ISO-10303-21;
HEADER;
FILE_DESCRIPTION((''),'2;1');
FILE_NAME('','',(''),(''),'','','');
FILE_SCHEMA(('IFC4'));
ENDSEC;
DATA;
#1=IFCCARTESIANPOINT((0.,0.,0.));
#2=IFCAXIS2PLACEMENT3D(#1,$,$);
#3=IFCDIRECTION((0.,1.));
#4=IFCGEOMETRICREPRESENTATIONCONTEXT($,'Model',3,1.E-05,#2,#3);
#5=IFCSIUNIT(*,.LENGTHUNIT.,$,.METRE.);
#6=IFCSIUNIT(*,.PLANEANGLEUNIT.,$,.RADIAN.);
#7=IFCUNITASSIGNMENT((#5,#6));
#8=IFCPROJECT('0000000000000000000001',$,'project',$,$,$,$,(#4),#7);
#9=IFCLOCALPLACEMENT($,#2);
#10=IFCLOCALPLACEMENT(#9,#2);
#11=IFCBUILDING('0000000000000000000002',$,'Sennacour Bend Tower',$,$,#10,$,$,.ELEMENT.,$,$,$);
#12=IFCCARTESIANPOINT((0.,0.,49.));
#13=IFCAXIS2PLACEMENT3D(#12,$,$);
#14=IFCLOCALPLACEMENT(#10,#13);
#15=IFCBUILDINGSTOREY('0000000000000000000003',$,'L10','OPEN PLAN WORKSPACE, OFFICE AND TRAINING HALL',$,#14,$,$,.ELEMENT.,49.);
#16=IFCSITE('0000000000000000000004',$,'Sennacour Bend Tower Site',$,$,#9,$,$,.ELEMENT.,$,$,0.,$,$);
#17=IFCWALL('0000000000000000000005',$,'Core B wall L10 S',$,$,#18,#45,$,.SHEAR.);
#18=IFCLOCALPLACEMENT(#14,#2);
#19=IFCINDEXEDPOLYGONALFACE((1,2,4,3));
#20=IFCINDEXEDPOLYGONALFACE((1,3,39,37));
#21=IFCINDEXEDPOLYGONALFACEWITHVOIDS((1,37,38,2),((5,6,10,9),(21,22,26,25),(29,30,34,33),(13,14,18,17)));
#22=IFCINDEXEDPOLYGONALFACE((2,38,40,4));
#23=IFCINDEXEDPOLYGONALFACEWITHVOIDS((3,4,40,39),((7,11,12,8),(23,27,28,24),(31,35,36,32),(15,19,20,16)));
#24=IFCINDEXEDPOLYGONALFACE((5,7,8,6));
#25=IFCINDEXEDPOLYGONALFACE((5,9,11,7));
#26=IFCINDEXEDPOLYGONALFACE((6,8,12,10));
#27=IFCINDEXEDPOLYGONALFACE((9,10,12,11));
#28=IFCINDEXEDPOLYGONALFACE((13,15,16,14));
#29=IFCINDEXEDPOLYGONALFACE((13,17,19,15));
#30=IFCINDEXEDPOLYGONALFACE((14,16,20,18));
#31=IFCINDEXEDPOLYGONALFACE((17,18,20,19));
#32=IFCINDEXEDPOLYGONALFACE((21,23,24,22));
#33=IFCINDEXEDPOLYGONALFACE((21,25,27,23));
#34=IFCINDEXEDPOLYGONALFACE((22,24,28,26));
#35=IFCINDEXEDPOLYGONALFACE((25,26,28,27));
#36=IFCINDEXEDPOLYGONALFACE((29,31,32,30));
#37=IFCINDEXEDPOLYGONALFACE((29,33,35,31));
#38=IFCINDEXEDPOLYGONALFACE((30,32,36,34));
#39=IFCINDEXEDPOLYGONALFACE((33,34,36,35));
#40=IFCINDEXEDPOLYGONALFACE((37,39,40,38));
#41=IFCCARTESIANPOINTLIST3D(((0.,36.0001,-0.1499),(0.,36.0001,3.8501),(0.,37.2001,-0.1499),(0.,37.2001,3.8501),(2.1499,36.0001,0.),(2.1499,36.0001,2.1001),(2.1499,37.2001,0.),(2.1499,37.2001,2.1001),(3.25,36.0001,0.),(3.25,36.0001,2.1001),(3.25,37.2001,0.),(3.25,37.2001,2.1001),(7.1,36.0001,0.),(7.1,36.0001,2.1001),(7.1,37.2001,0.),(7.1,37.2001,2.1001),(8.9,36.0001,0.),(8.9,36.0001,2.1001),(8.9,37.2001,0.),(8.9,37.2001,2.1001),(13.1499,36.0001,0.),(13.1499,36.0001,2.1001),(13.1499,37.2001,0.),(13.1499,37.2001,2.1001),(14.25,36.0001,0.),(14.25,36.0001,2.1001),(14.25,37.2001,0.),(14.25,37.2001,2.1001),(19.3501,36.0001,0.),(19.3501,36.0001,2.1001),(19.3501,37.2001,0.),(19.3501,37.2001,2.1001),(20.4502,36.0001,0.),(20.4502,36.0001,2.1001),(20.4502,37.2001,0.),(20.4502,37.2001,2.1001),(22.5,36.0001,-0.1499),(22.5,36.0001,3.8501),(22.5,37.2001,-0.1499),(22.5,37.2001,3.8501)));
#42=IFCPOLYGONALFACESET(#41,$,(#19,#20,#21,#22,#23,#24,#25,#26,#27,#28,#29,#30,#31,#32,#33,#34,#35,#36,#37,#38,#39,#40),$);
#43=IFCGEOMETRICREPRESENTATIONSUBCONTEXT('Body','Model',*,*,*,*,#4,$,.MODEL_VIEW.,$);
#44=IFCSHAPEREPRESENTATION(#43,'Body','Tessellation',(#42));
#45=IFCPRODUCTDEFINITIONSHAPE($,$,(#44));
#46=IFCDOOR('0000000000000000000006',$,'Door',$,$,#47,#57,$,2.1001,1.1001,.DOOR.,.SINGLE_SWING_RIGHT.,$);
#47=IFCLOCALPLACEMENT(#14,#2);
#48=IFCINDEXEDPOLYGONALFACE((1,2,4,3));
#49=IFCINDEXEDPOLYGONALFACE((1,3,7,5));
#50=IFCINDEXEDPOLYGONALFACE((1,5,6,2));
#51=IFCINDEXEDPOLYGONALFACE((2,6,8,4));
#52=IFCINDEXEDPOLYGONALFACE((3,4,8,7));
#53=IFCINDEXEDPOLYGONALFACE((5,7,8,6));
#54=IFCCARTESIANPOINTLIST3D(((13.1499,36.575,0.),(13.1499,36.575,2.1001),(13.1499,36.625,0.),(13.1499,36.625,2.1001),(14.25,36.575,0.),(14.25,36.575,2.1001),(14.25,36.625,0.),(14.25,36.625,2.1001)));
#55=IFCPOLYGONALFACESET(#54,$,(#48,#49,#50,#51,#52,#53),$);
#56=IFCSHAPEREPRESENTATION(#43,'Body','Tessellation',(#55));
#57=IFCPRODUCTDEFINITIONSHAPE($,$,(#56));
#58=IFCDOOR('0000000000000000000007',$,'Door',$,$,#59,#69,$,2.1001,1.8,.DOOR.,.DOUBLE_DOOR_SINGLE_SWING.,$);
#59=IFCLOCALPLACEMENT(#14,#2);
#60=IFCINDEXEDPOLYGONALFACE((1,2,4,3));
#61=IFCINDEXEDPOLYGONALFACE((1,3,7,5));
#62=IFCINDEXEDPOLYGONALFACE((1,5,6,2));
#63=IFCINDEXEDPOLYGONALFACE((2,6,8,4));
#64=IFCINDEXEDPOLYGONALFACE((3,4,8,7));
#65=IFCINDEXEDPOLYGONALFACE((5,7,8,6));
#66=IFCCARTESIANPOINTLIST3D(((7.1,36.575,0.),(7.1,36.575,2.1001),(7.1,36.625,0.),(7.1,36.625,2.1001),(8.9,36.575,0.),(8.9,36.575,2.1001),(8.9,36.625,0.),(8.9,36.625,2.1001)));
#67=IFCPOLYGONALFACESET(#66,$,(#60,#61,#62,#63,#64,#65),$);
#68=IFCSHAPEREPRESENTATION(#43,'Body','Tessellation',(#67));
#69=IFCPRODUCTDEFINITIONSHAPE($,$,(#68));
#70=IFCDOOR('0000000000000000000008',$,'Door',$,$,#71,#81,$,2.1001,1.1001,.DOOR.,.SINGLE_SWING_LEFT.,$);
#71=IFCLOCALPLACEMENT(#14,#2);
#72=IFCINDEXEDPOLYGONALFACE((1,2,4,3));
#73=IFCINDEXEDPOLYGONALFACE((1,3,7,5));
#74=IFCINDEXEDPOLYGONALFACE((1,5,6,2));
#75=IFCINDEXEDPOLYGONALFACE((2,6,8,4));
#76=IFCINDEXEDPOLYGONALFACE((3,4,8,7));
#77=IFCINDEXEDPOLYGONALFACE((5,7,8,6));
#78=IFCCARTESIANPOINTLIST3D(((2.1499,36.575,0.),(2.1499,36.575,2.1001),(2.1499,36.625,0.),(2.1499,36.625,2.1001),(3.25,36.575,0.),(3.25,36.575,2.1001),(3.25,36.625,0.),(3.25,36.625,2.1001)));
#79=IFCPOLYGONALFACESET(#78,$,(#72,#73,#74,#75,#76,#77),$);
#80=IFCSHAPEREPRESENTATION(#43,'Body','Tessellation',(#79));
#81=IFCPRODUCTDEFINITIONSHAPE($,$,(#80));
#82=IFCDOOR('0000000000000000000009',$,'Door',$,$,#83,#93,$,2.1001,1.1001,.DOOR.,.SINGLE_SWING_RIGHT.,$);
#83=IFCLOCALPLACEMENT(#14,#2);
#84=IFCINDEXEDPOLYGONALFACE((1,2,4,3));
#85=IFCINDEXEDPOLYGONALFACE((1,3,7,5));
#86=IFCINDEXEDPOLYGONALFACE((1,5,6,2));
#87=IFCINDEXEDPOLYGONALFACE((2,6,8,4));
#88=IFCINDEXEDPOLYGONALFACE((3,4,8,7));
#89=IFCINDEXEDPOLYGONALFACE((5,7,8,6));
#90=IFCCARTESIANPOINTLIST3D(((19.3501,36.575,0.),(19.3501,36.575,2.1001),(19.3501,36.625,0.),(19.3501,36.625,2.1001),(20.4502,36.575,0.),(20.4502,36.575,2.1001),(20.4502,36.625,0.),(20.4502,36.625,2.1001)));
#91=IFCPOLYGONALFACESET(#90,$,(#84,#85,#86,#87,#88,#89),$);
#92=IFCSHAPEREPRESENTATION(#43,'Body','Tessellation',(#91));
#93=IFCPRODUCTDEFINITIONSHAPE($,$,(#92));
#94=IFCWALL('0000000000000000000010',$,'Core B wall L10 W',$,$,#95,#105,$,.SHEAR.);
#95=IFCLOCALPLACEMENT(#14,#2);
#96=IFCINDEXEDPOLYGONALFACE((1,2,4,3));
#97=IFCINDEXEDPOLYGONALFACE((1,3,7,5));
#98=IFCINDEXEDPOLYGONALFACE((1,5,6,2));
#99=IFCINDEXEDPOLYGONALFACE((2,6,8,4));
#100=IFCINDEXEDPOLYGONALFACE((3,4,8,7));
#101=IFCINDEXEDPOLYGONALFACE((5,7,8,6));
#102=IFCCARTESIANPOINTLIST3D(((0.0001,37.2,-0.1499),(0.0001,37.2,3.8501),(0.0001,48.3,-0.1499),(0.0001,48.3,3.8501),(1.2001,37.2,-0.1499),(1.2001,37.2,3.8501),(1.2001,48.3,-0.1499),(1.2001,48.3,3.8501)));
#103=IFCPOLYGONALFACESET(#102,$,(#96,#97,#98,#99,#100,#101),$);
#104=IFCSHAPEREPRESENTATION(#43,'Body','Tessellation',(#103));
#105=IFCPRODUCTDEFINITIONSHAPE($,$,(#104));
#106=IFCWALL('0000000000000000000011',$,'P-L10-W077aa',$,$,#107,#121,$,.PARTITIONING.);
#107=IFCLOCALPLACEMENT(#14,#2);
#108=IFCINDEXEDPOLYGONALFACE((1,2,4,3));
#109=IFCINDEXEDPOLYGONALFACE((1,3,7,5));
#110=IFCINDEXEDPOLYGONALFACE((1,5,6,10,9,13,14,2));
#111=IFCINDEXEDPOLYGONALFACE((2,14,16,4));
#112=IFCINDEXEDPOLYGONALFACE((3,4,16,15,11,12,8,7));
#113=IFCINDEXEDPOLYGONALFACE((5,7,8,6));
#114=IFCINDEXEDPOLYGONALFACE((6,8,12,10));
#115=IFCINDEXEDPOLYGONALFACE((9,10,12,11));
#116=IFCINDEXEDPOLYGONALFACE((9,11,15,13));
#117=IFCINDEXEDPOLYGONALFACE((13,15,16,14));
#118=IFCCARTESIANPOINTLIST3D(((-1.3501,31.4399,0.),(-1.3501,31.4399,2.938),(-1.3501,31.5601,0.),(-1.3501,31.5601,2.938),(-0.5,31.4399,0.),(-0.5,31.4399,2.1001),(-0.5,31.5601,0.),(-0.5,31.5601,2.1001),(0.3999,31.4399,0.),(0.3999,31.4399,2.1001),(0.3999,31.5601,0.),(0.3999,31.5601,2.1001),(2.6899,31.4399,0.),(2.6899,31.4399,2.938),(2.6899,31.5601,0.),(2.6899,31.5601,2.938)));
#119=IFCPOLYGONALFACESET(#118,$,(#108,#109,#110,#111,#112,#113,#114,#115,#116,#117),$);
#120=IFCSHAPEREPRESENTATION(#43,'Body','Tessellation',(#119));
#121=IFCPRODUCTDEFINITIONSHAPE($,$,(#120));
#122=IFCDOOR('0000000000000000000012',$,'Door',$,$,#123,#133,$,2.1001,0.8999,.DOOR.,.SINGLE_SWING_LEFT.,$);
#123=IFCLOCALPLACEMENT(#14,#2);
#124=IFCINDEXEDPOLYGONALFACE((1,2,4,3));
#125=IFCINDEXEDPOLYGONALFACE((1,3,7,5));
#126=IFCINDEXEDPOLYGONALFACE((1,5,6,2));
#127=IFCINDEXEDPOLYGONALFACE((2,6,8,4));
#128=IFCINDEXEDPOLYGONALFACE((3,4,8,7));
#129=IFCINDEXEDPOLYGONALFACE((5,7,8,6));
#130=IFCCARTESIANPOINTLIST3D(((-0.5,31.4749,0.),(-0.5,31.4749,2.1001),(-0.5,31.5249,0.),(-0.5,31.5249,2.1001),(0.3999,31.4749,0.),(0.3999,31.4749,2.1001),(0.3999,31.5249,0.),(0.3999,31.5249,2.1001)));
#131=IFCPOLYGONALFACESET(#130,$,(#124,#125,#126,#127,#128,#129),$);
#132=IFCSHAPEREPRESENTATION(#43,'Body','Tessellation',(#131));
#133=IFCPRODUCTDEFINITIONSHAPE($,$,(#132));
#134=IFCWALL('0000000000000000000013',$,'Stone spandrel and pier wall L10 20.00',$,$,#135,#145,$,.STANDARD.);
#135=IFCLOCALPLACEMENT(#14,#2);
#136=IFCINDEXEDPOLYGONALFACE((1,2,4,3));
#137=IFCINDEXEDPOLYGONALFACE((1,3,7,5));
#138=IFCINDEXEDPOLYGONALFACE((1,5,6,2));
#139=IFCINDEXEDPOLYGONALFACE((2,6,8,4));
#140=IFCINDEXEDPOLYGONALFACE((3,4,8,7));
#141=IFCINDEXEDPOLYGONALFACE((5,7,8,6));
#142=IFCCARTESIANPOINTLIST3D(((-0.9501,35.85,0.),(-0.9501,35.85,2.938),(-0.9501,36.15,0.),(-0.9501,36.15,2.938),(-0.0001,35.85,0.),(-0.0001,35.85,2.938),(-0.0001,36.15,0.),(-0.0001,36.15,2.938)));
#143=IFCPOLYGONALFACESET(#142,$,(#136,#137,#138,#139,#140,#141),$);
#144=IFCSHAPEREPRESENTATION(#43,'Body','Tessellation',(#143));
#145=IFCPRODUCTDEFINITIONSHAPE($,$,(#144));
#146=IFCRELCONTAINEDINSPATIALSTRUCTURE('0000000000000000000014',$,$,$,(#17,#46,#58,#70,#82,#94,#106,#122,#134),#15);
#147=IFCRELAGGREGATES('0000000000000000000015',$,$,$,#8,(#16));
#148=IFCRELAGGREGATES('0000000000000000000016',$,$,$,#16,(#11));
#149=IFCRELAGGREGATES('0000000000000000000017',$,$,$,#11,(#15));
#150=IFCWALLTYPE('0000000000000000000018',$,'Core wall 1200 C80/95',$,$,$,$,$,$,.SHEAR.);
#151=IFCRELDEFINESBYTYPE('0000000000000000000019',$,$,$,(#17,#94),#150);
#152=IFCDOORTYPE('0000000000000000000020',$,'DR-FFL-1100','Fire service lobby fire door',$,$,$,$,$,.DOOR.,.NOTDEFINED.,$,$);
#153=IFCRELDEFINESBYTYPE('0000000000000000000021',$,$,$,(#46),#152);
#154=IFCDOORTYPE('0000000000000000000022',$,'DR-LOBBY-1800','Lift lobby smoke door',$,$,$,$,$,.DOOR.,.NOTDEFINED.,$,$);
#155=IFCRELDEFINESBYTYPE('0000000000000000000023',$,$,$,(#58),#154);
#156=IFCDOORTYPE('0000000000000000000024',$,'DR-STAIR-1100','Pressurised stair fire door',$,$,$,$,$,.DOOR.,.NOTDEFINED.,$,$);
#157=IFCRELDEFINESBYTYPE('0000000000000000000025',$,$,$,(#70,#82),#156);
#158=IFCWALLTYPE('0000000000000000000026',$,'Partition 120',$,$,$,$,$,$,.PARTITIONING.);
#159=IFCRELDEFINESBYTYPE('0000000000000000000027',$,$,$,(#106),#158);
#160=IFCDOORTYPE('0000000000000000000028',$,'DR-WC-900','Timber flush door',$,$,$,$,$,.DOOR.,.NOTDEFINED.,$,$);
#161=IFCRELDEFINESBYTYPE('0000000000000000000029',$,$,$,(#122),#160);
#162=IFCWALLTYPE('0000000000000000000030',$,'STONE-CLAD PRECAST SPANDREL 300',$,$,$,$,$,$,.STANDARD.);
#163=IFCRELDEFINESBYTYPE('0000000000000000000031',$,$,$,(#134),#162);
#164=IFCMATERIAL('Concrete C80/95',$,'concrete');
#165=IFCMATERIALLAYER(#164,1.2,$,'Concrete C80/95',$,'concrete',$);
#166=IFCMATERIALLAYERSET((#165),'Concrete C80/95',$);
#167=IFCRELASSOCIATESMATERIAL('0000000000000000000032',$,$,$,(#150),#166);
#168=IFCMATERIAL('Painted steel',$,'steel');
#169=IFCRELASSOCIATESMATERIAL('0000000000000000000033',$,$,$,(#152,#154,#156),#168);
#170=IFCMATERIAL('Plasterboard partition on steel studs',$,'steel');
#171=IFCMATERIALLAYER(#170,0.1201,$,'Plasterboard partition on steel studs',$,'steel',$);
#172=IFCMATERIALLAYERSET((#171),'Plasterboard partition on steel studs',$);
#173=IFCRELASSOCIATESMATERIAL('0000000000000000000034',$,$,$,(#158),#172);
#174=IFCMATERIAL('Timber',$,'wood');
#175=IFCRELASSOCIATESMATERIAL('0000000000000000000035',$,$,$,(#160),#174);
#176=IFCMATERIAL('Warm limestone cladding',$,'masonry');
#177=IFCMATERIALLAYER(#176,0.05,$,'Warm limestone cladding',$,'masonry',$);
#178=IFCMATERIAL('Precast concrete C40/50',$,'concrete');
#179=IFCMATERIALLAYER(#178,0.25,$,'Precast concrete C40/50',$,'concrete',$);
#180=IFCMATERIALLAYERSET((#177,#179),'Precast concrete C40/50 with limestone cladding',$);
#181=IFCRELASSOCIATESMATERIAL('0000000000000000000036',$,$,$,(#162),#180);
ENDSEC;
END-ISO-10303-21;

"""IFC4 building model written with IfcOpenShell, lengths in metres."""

from ifc_helpers import new_model, si_unit, direction, frame, frame_2d, origin, place, context, subcontext, project, spatial, rectangle, extrude, material, layer, layer_set, type_object, element, fill, save


model = new_model("IFC4")

# Units and contexts
model_context = context("Model", 3, precision=1e-05, world=origin(), true_north=direction((0.0, 1.0)))
body_context = subcontext(model_context, "Body", "Model", "MODEL_VIEW")
ifc_project = project(units=[si_unit("LENGTHUNIT", "METRE"), si_unit("PLANEANGLEUNIT", "RADIAN")], contexts=[model_context])

# Site, building, storey
site_placement = place(None, origin())
site = spatial("IfcSite", under=ifc_project, at=site_placement, Name="Sennacour Bend Tower Site", CompositionType="ELEMENT", RefElevation=0.0)
building_placement = place(site_placement, origin())
building = spatial("IfcBuilding", under=site, at=building_placement, Name="Sennacour Bend Tower", CompositionType="ELEMENT")
storey_placement = place(building_placement, frame((0.0, 0.0, 49.0)))
storey = spatial("IfcBuildingStorey", under=building, at=storey_placement, Name="L10", Description="OPEN PLAN WORKSPACE, OFFICE AND TRAINING HALL", CompositionType="ELEMENT", Elevation=49.0)

# Wall, openings, doors
ifc_material_1 = material(Name="Concrete C80/95", Category="concrete")
ifc_layer_1 = layer(ifc_material_1, 1.2, Name="Concrete C80/95", Category="concrete")
ifc_layer_set_1 = layer_set([ifc_layer_1], Name="Concrete C80/95")
wall_type_1 = type_object("IfcWallType", Name="Core wall 1200 C80/95", PredefinedType="SHEAR", material=ifc_layer_set_1)
wall_1_placement = place(storey_placement, frame((0.0, 36.6001, -0.1499), z_axis=(0.0, 0.0, 1.0), x_axis=(1.0, 0.0, 0.0)))
wall_1 = element("IfcWall", 1, at=wall_1_placement, inside=storey, type_object=wall_type_1, Name="Core B wall L10 S", PredefinedType="SHEAR", context=body_context, shape_type="SweptSolid", body=[
    extrude(rectangle(XDim=22.5, YDim=1.2, at=frame_2d((11.25, 0.0))), origin(), (0.0, 0.0, 1.0), 4.0),
])
opening_1_placement = place(wall_1_placement, frame((7.1001, 0.0, 0.1499)))
opening_1 = element("IfcOpeningElement", 2, at=opening_1_placement, cuts=wall_1, PredefinedType="OPENING", context=body_context, shape_type="SweptSolid", body=[
    extrude(rectangle(XDim=1.8, YDim=2.1001, at=frame_2d((0.8999, 1.05))), frame((0.0, 0.6099, 0.0), z_axis=(0.0, -1.0, 0.0), x_axis=(1.0, 0.0, 0.0)), (0.0, 0.0, 1.0), 1.22),
])
opening_2_placement = place(wall_1_placement, frame((13.1499, 0.0, 0.1499)))
opening_2 = element("IfcOpeningElement", 3, at=opening_2_placement, cuts=wall_1, PredefinedType="OPENING", context=body_context, shape_type="SweptSolid", body=[
    extrude(rectangle(XDim=1.1001, YDim=2.1001, at=frame_2d((0.55, 1.05))), frame((0.0, 0.6099, 0.0), z_axis=(0.0, -1.0, 0.0), x_axis=(1.0, 0.0, 0.0)), (0.0, 0.0, 1.0), 1.22),
])
opening_3_placement = place(wall_1_placement, frame((2.1499, 0.0, 0.1499)))
opening_3 = element("IfcOpeningElement", 4, at=opening_3_placement, cuts=wall_1, PredefinedType="OPENING", context=body_context, shape_type="SweptSolid", body=[
    extrude(rectangle(XDim=1.1001, YDim=2.1001, at=frame_2d((0.55, 1.05))), frame((0.0, 0.6099, 0.0), z_axis=(0.0, -1.0, 0.0), x_axis=(1.0, 0.0, 0.0)), (0.0, 0.0, 1.0), 1.22),
])
opening_4_placement = place(wall_1_placement, frame((19.3501, 0.0, 0.1499)))
opening_4 = element("IfcOpeningElement", 5, at=opening_4_placement, cuts=wall_1, PredefinedType="OPENING", context=body_context, shape_type="SweptSolid", body=[
    extrude(rectangle(XDim=1.1001, YDim=2.1001, at=frame_2d((0.55, 1.05))), frame((0.0, 0.6099, 0.0), z_axis=(0.0, -1.0, 0.0), x_axis=(1.0, 0.0, 0.0)), (0.0, 0.0, 1.0), 1.22),
])
ifc_material_2 = material(Name="Painted steel", Category="steel")
door_type_1 = type_object("IfcDoorType", Name="DR-FFL-1100", Description="Fire service lobby fire door", OperationType="NOTDEFINED", PredefinedType="DOOR", material=ifc_material_2)
door_1_placement = place(opening_2_placement, origin())
door_1 = element("IfcDoor", 6, at=door_1_placement, inside=storey, type_object=door_type_1, Name="Door", OperationType="SINGLE_SWING_RIGHT", OverallHeight=2.1001, OverallWidth=1.1001, PredefinedType="DOOR", context=body_context, shape_type="SweptSolid", body=[
    extrude(rectangle(XDim=1.1001, YDim=2.1001, at=frame_2d((0.55, 1.05))), frame((0.0, 0.0249, 0.0), z_axis=(0.0, -1.0, 0.0), x_axis=(1.0, 0.0, 0.0)), (0.0, 0.0, 1.0), 0.05),
])
fill(opening_2, door_1)
door_type_2 = type_object("IfcDoorType", Name="DR-LOBBY-1800", Description="Lift lobby smoke door", OperationType="NOTDEFINED", PredefinedType="DOOR", material=ifc_material_2)
door_2_placement = place(opening_1_placement, origin())
door_2 = element("IfcDoor", 7, at=door_2_placement, inside=storey, type_object=door_type_2, Name="Door", OperationType="DOUBLE_DOOR_SINGLE_SWING", OverallHeight=2.1001, OverallWidth=1.8, PredefinedType="DOOR", context=body_context, shape_type="SweptSolid", body=[
    extrude(rectangle(XDim=1.8, YDim=2.1001, at=frame_2d((0.8999, 1.05))), frame((0.0, 0.0249, 0.0), z_axis=(0.0, -1.0, 0.0), x_axis=(1.0, 0.0, 0.0)), (0.0, 0.0, 1.0), 0.05),
])
fill(opening_1, door_2)
door_type_3 = type_object("IfcDoorType", Name="DR-STAIR-1100", Description="Pressurised stair fire door", OperationType="NOTDEFINED", PredefinedType="DOOR", material=ifc_material_2)
door_3_placement = place(opening_3_placement, origin())
door_3 = element("IfcDoor", 8, at=door_3_placement, inside=storey, type_object=door_type_3, Name="Door", OperationType="SINGLE_SWING_LEFT", OverallHeight=2.1001, OverallWidth=1.1001, PredefinedType="DOOR", context=body_context, shape_type="SweptSolid", body=[
    extrude(rectangle(XDim=1.1001, YDim=2.1001, at=frame_2d((0.55, 1.05))), frame((0.0, 0.0249, 0.0), z_axis=(0.0, -1.0, 0.0), x_axis=(1.0, 0.0, 0.0)), (0.0, 0.0, 1.0), 0.05),
])
fill(opening_3, door_3)
door_4_placement = place(opening_4_placement, origin())
door_4 = element("IfcDoor", 9, at=door_4_placement, inside=storey, type_object=door_type_3, Name="Door", OperationType="SINGLE_SWING_RIGHT", OverallHeight=2.1001, OverallWidth=1.1001, PredefinedType="DOOR", context=body_context, shape_type="SweptSolid", body=[
    extrude(rectangle(XDim=1.1001, YDim=2.1001, at=frame_2d((0.55, 1.05))), frame((0.0, 0.0249, 0.0), z_axis=(0.0, -1.0, 0.0), x_axis=(1.0, 0.0, 0.0)), (0.0, 0.0, 1.0), 0.05),
])
fill(opening_4, door_4)

# Wall
wall_2_placement = place(storey_placement, frame((0.6001, 37.2, -0.1499), z_axis=(0.0, 0.0, 1.0), x_axis=(0.0, 1.0, 0.0)))
element("IfcWall", 10, at=wall_2_placement, inside=storey, type_object=wall_type_1, Name="Core B wall L10 W", PredefinedType="SHEAR", context=body_context, shape_type="SweptSolid", body=[
    extrude(rectangle(XDim=11.1001, YDim=1.2, at=frame_2d((5.55, 0.0))), origin(), (0.0, 0.0, 1.0), 4.0),
])

# Wall, opening, door
ifc_material_3 = material(Name="Plasterboard partition on steel studs", Category="steel")
ifc_layer_2 = layer(ifc_material_3, 0.1201, Name="Plasterboard partition on steel studs", Category="steel")
ifc_layer_set_2 = layer_set([ifc_layer_2], Name="Plasterboard partition on steel studs")
wall_type_2 = type_object("IfcWallType", Name="Partition 120", PredefinedType="PARTITIONING", material=ifc_layer_set_2)
wall_3_placement = place(storey_placement, frame((-1.3501, 31.5, 0.0), z_axis=(0.0, 0.0, 1.0), x_axis=(1.0, 0.0, 0.0)))
wall_3 = element("IfcWall", 11, at=wall_3_placement, inside=storey, type_object=wall_type_2, Name="P-L10-W077aa", PredefinedType="PARTITIONING", context=body_context, shape_type="SweptSolid", body=[
    extrude(rectangle(XDim=4.04, YDim=0.1201, at=frame_2d((2.02, 0.0))), origin(), (0.0, 0.0, 1.0), 2.938),
])
opening_5_placement = place(wall_3_placement, frame((0.8501, 0.0, 0.0)))
opening_5 = element("IfcOpeningElement", 12, at=opening_5_placement, cuts=wall_3, PredefinedType="OPENING", context=body_context, shape_type="SweptSolid", body=[
    extrude(rectangle(XDim=0.8999, YDim=2.1001, at=frame_2d((0.45, 1.05))), frame((0.0, 0.0701, 0.0), z_axis=(0.0, -1.0, 0.0), x_axis=(1.0, 0.0, 0.0)), (0.0, 0.0, 1.0), 0.1401),
])
ifc_material_4 = material(Name="Timber", Category="wood")
door_type_4 = type_object("IfcDoorType", Name="DR-WC-900", Description="Timber flush door", OperationType="NOTDEFINED", PredefinedType="DOOR", material=ifc_material_4)
door_5_placement = place(opening_5_placement, origin())
door_5 = element("IfcDoor", 13, at=door_5_placement, inside=storey, type_object=door_type_4, Name="Door", OperationType="SINGLE_SWING_LEFT", OverallHeight=2.1001, OverallWidth=0.8999, PredefinedType="DOOR", context=body_context, shape_type="SweptSolid", body=[
    extrude(rectangle(XDim=0.8999, YDim=2.1001, at=frame_2d((0.45, 1.05))), frame((0.0, 0.0249, 0.0), z_axis=(0.0, -1.0, 0.0), x_axis=(1.0, 0.0, 0.0)), (0.0, 0.0, 1.0), 0.05),
])
fill(opening_5, door_5)

# Wall
ifc_material_5 = material(Name="Warm limestone cladding", Category="masonry")
ifc_layer_3 = layer(ifc_material_5, 0.05, Name="Warm limestone cladding", Category="masonry")
ifc_material_6 = material(Name="Precast concrete C40/50", Category="concrete")
ifc_layer_4 = layer(ifc_material_6, 0.25, Name="Precast concrete C40/50", Category="concrete")
ifc_layer_set_3 = layer_set([ifc_layer_3, ifc_layer_4], Name="Precast concrete C40/50 with limestone cladding")
wall_type_3 = type_object("IfcWallType", Name="STONE-CLAD PRECAST SPANDREL 300", PredefinedType="STANDARD", material=ifc_layer_set_3)
wall_4_placement = place(storey_placement, frame((0.0, 36.0, 0.0), z_axis=(0.0, 0.0, 1.0), x_axis=(-1.0, 0.0, 0.0)))
element("IfcWall", 14, at=wall_4_placement, inside=storey, type_object=wall_type_3, Name="Stone spandrel and pier wall L10 20.00", PredefinedType="STANDARD", context=body_context, shape_type="SweptSolid", body=[
    extrude(rectangle(XDim=0.95, YDim=0.3, at=frame_2d((0.4751, 0.0))), origin(), (0.0, 0.0, 1.0), 2.938),
])

save(model, "model.ifc")
